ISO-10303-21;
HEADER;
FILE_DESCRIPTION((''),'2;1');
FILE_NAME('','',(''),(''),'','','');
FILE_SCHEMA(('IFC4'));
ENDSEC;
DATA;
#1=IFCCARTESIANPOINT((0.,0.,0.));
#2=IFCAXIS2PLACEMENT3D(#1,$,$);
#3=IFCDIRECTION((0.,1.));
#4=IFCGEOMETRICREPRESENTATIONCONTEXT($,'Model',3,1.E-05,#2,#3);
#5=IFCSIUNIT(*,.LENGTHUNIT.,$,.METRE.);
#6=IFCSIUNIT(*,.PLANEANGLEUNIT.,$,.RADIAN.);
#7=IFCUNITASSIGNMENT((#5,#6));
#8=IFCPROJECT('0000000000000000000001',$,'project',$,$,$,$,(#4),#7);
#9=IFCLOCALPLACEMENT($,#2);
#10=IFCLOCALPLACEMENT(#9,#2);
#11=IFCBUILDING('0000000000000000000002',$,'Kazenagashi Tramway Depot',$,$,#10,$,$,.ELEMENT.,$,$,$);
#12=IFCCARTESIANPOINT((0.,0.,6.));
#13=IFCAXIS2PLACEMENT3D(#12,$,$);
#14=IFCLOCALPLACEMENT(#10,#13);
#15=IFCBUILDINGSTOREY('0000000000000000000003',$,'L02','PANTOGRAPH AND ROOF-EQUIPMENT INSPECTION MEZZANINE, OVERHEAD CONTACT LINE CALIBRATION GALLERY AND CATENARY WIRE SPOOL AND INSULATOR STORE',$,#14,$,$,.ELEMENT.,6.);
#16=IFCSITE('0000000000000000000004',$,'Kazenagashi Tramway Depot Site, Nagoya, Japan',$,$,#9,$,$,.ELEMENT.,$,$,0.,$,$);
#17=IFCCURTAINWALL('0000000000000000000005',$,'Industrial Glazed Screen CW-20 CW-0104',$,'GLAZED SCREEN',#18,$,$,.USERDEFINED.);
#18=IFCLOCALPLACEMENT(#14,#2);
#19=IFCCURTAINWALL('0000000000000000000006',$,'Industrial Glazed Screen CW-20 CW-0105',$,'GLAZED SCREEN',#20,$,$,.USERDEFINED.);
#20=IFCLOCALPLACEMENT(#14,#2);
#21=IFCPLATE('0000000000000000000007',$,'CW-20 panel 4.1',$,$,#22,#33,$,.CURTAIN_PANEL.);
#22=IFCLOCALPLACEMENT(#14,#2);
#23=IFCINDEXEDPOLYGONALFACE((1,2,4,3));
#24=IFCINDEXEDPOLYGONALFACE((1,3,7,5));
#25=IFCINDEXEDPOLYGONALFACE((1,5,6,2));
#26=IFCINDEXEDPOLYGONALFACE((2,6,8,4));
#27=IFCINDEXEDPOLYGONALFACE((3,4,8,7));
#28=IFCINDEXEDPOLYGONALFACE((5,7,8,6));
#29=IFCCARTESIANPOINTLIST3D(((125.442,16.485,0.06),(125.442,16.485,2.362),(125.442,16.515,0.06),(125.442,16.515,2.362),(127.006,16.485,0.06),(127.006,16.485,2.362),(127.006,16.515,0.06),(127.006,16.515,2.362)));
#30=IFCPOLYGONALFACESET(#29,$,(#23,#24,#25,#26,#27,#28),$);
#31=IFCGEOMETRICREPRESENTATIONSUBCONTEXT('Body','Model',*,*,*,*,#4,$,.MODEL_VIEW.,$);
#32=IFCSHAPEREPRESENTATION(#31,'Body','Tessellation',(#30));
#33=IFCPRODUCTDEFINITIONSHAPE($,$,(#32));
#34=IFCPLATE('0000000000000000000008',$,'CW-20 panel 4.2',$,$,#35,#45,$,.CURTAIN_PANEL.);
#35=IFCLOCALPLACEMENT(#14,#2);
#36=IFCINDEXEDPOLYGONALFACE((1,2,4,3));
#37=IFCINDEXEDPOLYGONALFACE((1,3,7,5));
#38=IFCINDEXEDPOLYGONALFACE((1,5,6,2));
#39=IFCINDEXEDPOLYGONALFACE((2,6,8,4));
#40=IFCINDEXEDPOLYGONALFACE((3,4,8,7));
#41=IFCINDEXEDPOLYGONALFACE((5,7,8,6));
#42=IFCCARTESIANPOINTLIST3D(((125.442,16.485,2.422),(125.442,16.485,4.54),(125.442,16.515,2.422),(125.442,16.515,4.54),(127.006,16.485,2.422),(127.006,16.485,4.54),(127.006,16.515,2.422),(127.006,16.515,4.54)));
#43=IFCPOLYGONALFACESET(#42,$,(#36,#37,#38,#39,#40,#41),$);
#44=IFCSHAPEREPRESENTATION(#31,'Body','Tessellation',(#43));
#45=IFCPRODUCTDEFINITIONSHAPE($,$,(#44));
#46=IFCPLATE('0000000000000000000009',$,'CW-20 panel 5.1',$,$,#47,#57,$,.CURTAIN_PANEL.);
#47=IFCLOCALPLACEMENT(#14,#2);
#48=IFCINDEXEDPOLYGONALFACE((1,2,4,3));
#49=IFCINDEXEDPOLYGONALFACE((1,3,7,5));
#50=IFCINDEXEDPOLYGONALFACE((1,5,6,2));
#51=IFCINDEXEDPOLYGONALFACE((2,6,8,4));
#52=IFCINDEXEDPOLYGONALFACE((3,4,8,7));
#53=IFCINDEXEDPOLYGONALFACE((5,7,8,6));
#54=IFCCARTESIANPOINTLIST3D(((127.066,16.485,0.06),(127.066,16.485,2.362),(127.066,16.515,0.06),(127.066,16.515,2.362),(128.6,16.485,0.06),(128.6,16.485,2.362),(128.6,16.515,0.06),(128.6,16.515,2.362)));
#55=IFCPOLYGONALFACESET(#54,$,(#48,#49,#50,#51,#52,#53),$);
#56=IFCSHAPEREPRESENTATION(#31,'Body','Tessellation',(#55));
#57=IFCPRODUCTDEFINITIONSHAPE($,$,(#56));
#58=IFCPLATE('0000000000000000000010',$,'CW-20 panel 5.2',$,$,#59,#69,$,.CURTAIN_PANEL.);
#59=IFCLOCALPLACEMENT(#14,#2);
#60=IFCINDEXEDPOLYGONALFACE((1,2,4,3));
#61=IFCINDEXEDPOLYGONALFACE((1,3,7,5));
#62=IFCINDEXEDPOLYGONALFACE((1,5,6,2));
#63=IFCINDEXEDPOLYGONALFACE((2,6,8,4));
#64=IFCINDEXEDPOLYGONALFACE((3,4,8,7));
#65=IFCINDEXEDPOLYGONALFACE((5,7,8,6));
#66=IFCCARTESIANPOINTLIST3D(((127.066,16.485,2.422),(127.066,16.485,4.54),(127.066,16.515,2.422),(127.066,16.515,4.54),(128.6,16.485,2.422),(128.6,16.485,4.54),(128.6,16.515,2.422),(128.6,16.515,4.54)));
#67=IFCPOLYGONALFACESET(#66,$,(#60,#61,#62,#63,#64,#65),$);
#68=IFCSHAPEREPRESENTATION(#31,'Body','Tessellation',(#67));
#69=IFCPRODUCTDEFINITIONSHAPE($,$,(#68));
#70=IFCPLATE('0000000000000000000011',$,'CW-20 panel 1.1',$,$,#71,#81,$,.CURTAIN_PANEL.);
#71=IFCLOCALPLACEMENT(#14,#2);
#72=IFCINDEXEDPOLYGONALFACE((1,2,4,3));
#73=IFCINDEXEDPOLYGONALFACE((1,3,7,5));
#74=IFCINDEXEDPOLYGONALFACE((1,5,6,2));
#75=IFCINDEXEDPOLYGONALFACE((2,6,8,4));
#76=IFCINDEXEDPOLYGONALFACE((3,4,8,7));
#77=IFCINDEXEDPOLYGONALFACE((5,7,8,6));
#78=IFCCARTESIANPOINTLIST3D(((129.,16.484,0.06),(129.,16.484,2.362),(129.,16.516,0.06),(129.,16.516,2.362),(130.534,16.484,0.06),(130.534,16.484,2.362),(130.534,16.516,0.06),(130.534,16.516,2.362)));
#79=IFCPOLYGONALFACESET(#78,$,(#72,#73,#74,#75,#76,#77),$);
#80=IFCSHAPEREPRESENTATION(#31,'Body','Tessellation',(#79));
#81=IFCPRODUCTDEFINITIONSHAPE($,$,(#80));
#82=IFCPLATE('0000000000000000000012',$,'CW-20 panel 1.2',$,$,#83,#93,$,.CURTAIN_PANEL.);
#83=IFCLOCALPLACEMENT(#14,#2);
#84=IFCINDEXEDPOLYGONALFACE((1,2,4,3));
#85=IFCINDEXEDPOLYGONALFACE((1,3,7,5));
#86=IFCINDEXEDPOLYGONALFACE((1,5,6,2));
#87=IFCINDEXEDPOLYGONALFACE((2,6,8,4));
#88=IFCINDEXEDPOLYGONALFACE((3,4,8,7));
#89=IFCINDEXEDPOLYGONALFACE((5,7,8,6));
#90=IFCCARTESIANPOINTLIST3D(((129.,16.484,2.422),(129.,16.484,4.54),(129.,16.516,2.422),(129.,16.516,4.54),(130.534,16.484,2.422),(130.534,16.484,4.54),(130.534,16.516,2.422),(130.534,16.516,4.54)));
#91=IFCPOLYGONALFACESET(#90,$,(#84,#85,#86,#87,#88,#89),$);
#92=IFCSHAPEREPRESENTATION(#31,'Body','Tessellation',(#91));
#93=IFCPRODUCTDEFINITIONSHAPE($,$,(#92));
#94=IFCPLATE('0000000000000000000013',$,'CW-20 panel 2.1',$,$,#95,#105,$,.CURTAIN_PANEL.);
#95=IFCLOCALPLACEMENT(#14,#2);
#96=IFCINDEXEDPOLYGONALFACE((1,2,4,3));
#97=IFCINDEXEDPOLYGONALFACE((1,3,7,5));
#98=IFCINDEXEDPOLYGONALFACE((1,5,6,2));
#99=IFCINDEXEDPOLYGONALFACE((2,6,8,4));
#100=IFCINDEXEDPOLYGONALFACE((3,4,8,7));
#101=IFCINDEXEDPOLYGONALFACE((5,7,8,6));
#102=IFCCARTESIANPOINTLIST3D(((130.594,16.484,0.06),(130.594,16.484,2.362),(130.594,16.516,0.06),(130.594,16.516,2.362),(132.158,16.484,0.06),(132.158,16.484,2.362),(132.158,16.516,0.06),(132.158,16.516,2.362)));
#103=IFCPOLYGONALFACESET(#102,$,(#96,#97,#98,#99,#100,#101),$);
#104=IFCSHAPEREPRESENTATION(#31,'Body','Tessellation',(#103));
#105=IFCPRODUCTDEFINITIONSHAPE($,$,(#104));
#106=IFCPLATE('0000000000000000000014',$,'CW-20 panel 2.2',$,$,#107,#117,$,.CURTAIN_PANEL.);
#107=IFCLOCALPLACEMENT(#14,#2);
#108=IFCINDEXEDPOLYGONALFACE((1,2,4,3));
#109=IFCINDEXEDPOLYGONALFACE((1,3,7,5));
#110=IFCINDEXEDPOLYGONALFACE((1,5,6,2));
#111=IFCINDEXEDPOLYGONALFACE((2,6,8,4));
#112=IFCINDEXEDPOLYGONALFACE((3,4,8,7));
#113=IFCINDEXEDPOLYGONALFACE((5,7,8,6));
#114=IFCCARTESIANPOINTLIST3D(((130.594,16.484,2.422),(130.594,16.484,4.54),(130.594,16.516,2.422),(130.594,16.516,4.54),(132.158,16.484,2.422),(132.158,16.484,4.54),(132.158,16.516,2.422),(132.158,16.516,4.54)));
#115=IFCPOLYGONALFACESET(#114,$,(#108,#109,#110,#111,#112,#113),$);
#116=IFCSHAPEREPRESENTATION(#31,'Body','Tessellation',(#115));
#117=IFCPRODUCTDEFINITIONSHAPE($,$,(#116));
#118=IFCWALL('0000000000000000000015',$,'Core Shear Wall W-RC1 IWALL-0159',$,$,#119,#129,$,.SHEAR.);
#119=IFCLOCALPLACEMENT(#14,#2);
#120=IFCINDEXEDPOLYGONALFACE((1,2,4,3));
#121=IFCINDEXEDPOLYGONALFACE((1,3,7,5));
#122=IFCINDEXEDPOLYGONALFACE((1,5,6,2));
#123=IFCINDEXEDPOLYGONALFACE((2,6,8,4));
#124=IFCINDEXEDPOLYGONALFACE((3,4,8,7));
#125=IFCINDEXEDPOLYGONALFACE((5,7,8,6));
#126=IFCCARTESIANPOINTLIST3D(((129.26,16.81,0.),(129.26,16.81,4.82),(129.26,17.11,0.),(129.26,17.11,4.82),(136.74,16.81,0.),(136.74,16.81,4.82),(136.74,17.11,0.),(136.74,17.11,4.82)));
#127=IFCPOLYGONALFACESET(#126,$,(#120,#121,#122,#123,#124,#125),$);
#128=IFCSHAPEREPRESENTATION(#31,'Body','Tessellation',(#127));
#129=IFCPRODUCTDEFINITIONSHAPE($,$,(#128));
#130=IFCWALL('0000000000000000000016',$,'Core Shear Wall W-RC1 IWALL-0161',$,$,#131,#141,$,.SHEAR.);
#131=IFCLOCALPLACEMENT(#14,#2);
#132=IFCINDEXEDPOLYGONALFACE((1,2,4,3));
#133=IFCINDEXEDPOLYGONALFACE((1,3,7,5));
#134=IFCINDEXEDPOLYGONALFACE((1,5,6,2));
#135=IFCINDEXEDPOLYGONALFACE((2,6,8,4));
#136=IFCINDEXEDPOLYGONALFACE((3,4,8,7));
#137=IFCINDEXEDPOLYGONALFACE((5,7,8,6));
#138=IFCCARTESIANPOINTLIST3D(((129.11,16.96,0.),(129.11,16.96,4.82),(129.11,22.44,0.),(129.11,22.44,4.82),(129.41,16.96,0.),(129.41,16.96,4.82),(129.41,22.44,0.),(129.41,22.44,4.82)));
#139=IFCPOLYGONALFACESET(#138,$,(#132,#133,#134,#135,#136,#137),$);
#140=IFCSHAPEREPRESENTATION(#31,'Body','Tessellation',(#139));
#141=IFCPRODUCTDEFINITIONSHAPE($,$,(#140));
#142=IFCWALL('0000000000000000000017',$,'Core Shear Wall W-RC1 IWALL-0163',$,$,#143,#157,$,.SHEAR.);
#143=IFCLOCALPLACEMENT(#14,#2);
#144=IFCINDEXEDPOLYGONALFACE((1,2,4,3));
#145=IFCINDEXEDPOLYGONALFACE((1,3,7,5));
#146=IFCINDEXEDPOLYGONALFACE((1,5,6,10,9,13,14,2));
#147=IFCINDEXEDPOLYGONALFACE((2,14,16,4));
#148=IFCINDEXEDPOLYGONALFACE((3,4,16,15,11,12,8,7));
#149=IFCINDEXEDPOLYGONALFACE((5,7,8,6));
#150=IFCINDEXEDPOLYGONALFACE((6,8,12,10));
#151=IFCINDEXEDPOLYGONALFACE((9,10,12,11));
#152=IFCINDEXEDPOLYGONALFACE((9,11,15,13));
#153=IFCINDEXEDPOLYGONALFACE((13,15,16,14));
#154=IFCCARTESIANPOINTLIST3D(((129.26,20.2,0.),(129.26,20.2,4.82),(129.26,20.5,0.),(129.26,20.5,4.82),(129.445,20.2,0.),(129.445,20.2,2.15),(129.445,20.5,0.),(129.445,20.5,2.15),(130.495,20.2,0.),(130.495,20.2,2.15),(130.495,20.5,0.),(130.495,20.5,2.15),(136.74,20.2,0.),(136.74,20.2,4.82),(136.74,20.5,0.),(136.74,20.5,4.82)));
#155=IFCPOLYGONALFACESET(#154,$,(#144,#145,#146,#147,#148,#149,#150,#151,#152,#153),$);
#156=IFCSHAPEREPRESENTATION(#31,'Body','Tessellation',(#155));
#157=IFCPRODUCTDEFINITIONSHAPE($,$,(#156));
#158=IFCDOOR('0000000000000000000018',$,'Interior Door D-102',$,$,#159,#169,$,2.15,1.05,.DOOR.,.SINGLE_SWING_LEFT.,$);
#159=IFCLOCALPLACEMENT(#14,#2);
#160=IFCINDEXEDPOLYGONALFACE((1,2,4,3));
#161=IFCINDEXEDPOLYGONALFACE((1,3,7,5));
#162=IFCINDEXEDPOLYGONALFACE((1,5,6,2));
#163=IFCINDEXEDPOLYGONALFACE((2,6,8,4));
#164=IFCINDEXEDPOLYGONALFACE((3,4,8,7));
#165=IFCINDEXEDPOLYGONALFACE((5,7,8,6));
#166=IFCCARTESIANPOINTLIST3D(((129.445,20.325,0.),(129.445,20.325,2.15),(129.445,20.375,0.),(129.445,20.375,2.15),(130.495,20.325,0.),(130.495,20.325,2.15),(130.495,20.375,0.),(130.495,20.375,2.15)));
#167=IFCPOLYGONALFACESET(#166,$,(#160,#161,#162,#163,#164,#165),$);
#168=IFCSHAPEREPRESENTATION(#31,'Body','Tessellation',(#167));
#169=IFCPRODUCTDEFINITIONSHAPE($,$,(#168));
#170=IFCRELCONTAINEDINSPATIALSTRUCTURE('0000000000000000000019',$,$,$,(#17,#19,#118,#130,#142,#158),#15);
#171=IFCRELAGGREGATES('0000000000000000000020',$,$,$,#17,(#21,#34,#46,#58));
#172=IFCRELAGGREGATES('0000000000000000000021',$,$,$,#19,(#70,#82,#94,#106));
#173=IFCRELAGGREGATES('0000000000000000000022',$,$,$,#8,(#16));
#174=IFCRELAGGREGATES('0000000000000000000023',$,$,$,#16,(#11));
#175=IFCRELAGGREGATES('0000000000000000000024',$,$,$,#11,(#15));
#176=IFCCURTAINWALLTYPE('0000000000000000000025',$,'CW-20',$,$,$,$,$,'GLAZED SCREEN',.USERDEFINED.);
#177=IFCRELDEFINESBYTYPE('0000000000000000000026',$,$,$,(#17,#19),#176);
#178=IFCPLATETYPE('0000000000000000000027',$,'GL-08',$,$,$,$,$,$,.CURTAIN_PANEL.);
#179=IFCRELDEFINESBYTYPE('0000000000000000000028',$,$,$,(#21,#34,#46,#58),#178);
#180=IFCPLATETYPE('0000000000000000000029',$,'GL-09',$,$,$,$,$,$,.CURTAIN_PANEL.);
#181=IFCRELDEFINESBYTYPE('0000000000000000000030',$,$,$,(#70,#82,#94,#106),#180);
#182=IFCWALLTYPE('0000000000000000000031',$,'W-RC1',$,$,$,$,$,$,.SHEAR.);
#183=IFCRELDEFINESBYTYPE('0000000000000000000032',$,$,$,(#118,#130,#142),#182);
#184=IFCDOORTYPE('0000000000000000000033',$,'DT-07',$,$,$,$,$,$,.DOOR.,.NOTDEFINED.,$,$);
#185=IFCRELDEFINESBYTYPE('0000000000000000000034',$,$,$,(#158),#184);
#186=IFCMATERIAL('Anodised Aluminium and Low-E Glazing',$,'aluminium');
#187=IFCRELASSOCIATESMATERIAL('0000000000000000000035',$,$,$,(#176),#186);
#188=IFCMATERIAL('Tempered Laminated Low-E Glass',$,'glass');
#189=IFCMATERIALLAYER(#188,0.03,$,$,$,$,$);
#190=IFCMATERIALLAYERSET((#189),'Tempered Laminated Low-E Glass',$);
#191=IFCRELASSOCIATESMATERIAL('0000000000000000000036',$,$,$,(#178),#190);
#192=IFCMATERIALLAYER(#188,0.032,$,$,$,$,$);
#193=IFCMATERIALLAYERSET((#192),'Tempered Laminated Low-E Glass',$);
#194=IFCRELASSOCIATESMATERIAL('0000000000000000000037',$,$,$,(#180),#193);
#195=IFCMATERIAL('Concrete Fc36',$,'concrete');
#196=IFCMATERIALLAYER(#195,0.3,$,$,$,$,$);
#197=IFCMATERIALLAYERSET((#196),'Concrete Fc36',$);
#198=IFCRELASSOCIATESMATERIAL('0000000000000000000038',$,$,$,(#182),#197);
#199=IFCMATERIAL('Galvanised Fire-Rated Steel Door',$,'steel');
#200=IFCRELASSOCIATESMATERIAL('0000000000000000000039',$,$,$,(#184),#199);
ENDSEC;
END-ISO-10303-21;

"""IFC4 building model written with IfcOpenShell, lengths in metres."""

from ifc_helpers import new_model, si_unit, direction, frame, frame_2d, origin, origin_2d, place, context, subcontext, project, spatial, rectangle, extrude, material, layer, layer_set, type_object, element, fill, aggregate, save


model = new_model("IFC4")

# Units and contexts
model_context = context("Model", 3, precision=1e-05, world=origin(), true_north=direction((0.0, 1.0)))
body_context = subcontext(model_context, "Body", "Model", "MODEL_VIEW")
ifc_project = project(units=[si_unit("LENGTHUNIT", "METRE"), si_unit("PLANEANGLEUNIT", "RADIAN")], contexts=[model_context])

# Site, building, storey
site_placement = place(None, origin())
site = spatial("IfcSite", under=ifc_project, at=site_placement, Name="Kazenagashi Tramway Depot Site, Nagoya, Japan", CompositionType="ELEMENT", RefElevation=0.0)
building_placement = place(site_placement, origin())
building = spatial("IfcBuilding", under=site, at=building_placement, Name="Kazenagashi Tramway Depot", CompositionType="ELEMENT")
storey_placement = place(building_placement, frame((0.0, 0.0, 6.0)))
storey = spatial("IfcBuildingStorey", under=building, at=storey_placement, Name="L02", Description="PANTOGRAPH AND ROOF-EQUIPMENT INSPECTION MEZZANINE, OVERHEAD CONTACT LINE CALIBRATION GALLERY AND CATENARY WIRE SPOOL AND INSULATOR STORE", CompositionType="ELEMENT", Elevation=6.0)

# Curtain walls
ifc_material_1 = material(Name="Anodised Aluminium and Low-E Glazing", Category="aluminium")
curtain_wall_type = type_object("IfcCurtainWallType", Name="CW-20", ElementType="GLAZED SCREEN", PredefinedType="USERDEFINED", material=ifc_material_1)
curtain_wall_1_placement = place(storey_placement, origin())
curtain_wall_1 = element("IfcCurtainWall", 1, at=curtain_wall_1_placement, inside=storey, type_object=curtain_wall_type, Name="Industrial Glazed Screen CW-20 CW-0104", ObjectType="GLAZED SCREEN", PredefinedType="USERDEFINED")
curtain_wall_2_placement = place(storey_placement, origin())
curtain_wall_2 = element("IfcCurtainWall", 2, at=curtain_wall_2_placement, inside=storey, type_object=curtain_wall_type, Name="Industrial Glazed Screen CW-20 CW-0105", ObjectType="GLAZED SCREEN", PredefinedType="USERDEFINED")

# Plates
ifc_material_2 = material(Name="Tempered Laminated Low-E Glass", Category="glass")
ifc_layer_1 = layer(ifc_material_2, 0.03)
ifc_layer_set_1 = layer_set([ifc_layer_1], Name="Tempered Laminated Low-E Glass")
plate_type_1 = type_object("IfcPlateType", Name="GL-08", PredefinedType="CURTAIN_PANEL", material=ifc_layer_set_1)
plate_1_placement = place(storey_placement, frame((126.224, 16.5, 0.06), z_axis=(0.0, 0.0, 1.0), x_axis=(1.0, 0.0, 0.0)))
plate_1 = element("IfcPlate", 3, at=plate_1_placement, type_object=plate_type_1, Name="CW-20 panel 4.1", PredefinedType="CURTAIN_PANEL", context=body_context, shape_type="SweptSolid", body=[
    extrude(rectangle(XDim=1.564, YDim=0.03, at=origin_2d()), origin(), (0.0, 0.0, 1.0), 2.302),
])
plate_2_placement = place(storey_placement, frame((126.224, 16.5, 2.422), z_axis=(0.0, 0.0, 1.0), x_axis=(1.0, 0.0, 0.0)))
plate_2 = element("IfcPlate", 4, at=plate_2_placement, type_object=plate_type_1, Name="CW-20 panel 4.2", PredefinedType="CURTAIN_PANEL", context=body_context, shape_type="SweptSolid", body=[
    extrude(rectangle(XDim=1.564, YDim=0.03, at=origin_2d()), origin(), (0.0, 0.0, 1.0), 2.118),
])
plate_3_placement = place(storey_placement, frame((127.833, 16.5, 0.06), z_axis=(0.0, 0.0, 1.0), x_axis=(1.0, 0.0, 0.0)))
plate_3 = element("IfcPlate", 5, at=plate_3_placement, type_object=plate_type_1, Name="CW-20 panel 5.1", PredefinedType="CURTAIN_PANEL", context=body_context, shape_type="SweptSolid", body=[
    extrude(rectangle(XDim=1.534, YDim=0.03, at=origin_2d()), origin(), (0.0, 0.0, 1.0), 2.302),
])
plate_4_placement = place(storey_placement, frame((127.833, 16.5, 2.422), z_axis=(0.0, 0.0, 1.0), x_axis=(1.0, 0.0, 0.0)))
plate_4 = element("IfcPlate", 6, at=plate_4_placement, type_object=plate_type_1, Name="CW-20 panel 5.2", PredefinedType="CURTAIN_PANEL", context=body_context, shape_type="SweptSolid", body=[
    extrude(rectangle(XDim=1.534, YDim=0.03, at=origin_2d()), origin(), (0.0, 0.0, 1.0), 2.118),
])
aggregate(curtain_wall_1, [plate_1, plate_2, plate_3, plate_4])
ifc_layer_2 = layer(ifc_material_2, 0.032)
ifc_layer_set_2 = layer_set([ifc_layer_2], Name="Tempered Laminated Low-E Glass")
plate_type_2 = type_object("IfcPlateType", Name="GL-09", PredefinedType="CURTAIN_PANEL", material=ifc_layer_set_2)
plate_5_placement = place(storey_placement, frame((129.767, 16.5, 0.06), z_axis=(0.0, 0.0, 1.0), x_axis=(1.0, 0.0, 0.0)))
plate_5 = element("IfcPlate", 7, at=plate_5_placement, type_object=plate_type_2, Name="CW-20 panel 1.1", PredefinedType="CURTAIN_PANEL", context=body_context, shape_type="SweptSolid", body=[
    extrude(rectangle(XDim=1.534, YDim=0.032, at=origin_2d()), origin(), (0.0, 0.0, 1.0), 2.302),
])
plate_6_placement = place(storey_placement, frame((129.767, 16.5, 2.422), z_axis=(0.0, 0.0, 1.0), x_axis=(1.0, 0.0, 0.0)))
plate_6 = element("IfcPlate", 8, at=plate_6_placement, type_object=plate_type_2, Name="CW-20 panel 1.2", PredefinedType="CURTAIN_PANEL", context=body_context, shape_type="SweptSolid", body=[
    extrude(rectangle(XDim=1.534, YDim=0.032, at=origin_2d()), origin(), (0.0, 0.0, 1.0), 2.118),
])
plate_7_placement = place(storey_placement, frame((131.376, 16.5, 0.06), z_axis=(0.0, 0.0, 1.0), x_axis=(1.0, 0.0, 0.0)))
plate_7 = element("IfcPlate", 9, at=plate_7_placement, type_object=plate_type_2, Name="CW-20 panel 2.1", PredefinedType="CURTAIN_PANEL", context=body_context, shape_type="SweptSolid", body=[
    extrude(rectangle(XDim=1.564, YDim=0.032, at=origin_2d()), origin(), (0.0, 0.0, 1.0), 2.302),
])
plate_8_placement = place(storey_placement, frame((131.376, 16.5, 2.422), z_axis=(0.0, 0.0, 1.0), x_axis=(1.0, 0.0, 0.0)))
plate_8 = element("IfcPlate", 10, at=plate_8_placement, type_object=plate_type_2, Name="CW-20 panel 2.2", PredefinedType="CURTAIN_PANEL", context=body_context, shape_type="SweptSolid", body=[
    extrude(rectangle(XDim=1.564, YDim=0.032, at=origin_2d()), origin(), (0.0, 0.0, 1.0), 2.118),
])
aggregate(curtain_wall_2, [plate_5, plate_6, plate_7, plate_8])

# Walls
ifc_material_3 = material(Name="Concrete Fc36", Category="concrete")
ifc_layer_3 = layer(ifc_material_3, 0.3)
ifc_layer_set_3 = layer_set([ifc_layer_3], Name="Concrete Fc36")
wall_type = type_object("IfcWallType", Name="W-RC1", PredefinedType="SHEAR", material=ifc_layer_set_3)
wall_1_placement = place(storey_placement, frame((129.26, 16.96, 0.0), z_axis=(0.0, 0.0, 1.0), x_axis=(1.0, 0.0, 0.0)))
element("IfcWall", 11, at=wall_1_placement, inside=storey, type_object=wall_type, Name="Core Shear Wall W-RC1 IWALL-0159", PredefinedType="SHEAR", context=body_context, shape_type="SweptSolid", body=[
    extrude(rectangle(XDim=7.48, YDim=0.3, at=frame_2d((3.74, 0.0))), origin(), (0.0, 0.0, 1.0), 4.82),
])
wall_2_placement = place(storey_placement, frame((129.26, 16.96, 0.0), z_axis=(0.0, 0.0, 1.0), x_axis=(0.0, 1.0, 0.0)))
element("IfcWall", 12, at=wall_2_placement, inside=storey, type_object=wall_type, Name="Core Shear Wall W-RC1 IWALL-0161", PredefinedType="SHEAR", context=body_context, shape_type="SweptSolid", body=[
    extrude(rectangle(XDim=5.48, YDim=0.3, at=frame_2d((2.74, 0.0))), origin(), (0.0, 0.0, 1.0), 4.82),
])

# Wall, opening, door
wall_3_placement = place(storey_placement, frame((129.26, 20.35, 0.0), z_axis=(0.0, 0.0, 1.0), x_axis=(1.0, 0.0, 0.0)))
wall_3 = element("IfcWall", 13, at=wall_3_placement, inside=storey, type_object=wall_type, Name="Core Shear Wall W-RC1 IWALL-0163", PredefinedType="SHEAR", context=body_context, shape_type="SweptSolid", body=[
    extrude(rectangle(XDim=7.48, YDim=0.3, at=frame_2d((3.74, 0.0))), origin(), (0.0, 0.0, 1.0), 4.82),
])
opening_placement = place(wall_3_placement, frame((0.185, 0.0, 0.0)))
opening = element("IfcOpeningElement", 14, at=opening_placement, cuts=wall_3, PredefinedType="OPENING", context=body_context, shape_type="SweptSolid", body=[
    extrude(rectangle(XDim=1.05, YDim=2.15, at=frame_2d((0.525, 1.075))), frame((0.0, 0.16, 0.0), z_axis=(0.0, -1.0, 0.0), x_axis=(1.0, 0.0, 0.0)), (0.0, 0.0, 1.0), 0.32),
])
ifc_material_4 = material(Name="Galvanised Fire-Rated Steel Door", Category="steel")
door_type = type_object("IfcDoorType", Name="DT-07", OperationType="NOTDEFINED", PredefinedType="DOOR", material=ifc_material_4)
door_placement = place(opening_placement, origin())
door = element("IfcDoor", 15, at=door_placement, inside=storey, type_object=door_type, Name="Interior Door D-102", OperationType="SINGLE_SWING_LEFT", OverallHeight=2.15, OverallWidth=1.05, PredefinedType="DOOR", context=body_context, shape_type="SweptSolid", body=[
    extrude(rectangle(XDim=1.05, YDim=2.15, at=frame_2d((0.525, 1.075))), frame((0.0, 0.025, 0.0), z_axis=(0.0, -1.0, 0.0), x_axis=(1.0, 0.0, 0.0)), (0.0, 0.0, 1.0), 0.05),
])
fill(opening, door)

save(model, "model.ifc")
